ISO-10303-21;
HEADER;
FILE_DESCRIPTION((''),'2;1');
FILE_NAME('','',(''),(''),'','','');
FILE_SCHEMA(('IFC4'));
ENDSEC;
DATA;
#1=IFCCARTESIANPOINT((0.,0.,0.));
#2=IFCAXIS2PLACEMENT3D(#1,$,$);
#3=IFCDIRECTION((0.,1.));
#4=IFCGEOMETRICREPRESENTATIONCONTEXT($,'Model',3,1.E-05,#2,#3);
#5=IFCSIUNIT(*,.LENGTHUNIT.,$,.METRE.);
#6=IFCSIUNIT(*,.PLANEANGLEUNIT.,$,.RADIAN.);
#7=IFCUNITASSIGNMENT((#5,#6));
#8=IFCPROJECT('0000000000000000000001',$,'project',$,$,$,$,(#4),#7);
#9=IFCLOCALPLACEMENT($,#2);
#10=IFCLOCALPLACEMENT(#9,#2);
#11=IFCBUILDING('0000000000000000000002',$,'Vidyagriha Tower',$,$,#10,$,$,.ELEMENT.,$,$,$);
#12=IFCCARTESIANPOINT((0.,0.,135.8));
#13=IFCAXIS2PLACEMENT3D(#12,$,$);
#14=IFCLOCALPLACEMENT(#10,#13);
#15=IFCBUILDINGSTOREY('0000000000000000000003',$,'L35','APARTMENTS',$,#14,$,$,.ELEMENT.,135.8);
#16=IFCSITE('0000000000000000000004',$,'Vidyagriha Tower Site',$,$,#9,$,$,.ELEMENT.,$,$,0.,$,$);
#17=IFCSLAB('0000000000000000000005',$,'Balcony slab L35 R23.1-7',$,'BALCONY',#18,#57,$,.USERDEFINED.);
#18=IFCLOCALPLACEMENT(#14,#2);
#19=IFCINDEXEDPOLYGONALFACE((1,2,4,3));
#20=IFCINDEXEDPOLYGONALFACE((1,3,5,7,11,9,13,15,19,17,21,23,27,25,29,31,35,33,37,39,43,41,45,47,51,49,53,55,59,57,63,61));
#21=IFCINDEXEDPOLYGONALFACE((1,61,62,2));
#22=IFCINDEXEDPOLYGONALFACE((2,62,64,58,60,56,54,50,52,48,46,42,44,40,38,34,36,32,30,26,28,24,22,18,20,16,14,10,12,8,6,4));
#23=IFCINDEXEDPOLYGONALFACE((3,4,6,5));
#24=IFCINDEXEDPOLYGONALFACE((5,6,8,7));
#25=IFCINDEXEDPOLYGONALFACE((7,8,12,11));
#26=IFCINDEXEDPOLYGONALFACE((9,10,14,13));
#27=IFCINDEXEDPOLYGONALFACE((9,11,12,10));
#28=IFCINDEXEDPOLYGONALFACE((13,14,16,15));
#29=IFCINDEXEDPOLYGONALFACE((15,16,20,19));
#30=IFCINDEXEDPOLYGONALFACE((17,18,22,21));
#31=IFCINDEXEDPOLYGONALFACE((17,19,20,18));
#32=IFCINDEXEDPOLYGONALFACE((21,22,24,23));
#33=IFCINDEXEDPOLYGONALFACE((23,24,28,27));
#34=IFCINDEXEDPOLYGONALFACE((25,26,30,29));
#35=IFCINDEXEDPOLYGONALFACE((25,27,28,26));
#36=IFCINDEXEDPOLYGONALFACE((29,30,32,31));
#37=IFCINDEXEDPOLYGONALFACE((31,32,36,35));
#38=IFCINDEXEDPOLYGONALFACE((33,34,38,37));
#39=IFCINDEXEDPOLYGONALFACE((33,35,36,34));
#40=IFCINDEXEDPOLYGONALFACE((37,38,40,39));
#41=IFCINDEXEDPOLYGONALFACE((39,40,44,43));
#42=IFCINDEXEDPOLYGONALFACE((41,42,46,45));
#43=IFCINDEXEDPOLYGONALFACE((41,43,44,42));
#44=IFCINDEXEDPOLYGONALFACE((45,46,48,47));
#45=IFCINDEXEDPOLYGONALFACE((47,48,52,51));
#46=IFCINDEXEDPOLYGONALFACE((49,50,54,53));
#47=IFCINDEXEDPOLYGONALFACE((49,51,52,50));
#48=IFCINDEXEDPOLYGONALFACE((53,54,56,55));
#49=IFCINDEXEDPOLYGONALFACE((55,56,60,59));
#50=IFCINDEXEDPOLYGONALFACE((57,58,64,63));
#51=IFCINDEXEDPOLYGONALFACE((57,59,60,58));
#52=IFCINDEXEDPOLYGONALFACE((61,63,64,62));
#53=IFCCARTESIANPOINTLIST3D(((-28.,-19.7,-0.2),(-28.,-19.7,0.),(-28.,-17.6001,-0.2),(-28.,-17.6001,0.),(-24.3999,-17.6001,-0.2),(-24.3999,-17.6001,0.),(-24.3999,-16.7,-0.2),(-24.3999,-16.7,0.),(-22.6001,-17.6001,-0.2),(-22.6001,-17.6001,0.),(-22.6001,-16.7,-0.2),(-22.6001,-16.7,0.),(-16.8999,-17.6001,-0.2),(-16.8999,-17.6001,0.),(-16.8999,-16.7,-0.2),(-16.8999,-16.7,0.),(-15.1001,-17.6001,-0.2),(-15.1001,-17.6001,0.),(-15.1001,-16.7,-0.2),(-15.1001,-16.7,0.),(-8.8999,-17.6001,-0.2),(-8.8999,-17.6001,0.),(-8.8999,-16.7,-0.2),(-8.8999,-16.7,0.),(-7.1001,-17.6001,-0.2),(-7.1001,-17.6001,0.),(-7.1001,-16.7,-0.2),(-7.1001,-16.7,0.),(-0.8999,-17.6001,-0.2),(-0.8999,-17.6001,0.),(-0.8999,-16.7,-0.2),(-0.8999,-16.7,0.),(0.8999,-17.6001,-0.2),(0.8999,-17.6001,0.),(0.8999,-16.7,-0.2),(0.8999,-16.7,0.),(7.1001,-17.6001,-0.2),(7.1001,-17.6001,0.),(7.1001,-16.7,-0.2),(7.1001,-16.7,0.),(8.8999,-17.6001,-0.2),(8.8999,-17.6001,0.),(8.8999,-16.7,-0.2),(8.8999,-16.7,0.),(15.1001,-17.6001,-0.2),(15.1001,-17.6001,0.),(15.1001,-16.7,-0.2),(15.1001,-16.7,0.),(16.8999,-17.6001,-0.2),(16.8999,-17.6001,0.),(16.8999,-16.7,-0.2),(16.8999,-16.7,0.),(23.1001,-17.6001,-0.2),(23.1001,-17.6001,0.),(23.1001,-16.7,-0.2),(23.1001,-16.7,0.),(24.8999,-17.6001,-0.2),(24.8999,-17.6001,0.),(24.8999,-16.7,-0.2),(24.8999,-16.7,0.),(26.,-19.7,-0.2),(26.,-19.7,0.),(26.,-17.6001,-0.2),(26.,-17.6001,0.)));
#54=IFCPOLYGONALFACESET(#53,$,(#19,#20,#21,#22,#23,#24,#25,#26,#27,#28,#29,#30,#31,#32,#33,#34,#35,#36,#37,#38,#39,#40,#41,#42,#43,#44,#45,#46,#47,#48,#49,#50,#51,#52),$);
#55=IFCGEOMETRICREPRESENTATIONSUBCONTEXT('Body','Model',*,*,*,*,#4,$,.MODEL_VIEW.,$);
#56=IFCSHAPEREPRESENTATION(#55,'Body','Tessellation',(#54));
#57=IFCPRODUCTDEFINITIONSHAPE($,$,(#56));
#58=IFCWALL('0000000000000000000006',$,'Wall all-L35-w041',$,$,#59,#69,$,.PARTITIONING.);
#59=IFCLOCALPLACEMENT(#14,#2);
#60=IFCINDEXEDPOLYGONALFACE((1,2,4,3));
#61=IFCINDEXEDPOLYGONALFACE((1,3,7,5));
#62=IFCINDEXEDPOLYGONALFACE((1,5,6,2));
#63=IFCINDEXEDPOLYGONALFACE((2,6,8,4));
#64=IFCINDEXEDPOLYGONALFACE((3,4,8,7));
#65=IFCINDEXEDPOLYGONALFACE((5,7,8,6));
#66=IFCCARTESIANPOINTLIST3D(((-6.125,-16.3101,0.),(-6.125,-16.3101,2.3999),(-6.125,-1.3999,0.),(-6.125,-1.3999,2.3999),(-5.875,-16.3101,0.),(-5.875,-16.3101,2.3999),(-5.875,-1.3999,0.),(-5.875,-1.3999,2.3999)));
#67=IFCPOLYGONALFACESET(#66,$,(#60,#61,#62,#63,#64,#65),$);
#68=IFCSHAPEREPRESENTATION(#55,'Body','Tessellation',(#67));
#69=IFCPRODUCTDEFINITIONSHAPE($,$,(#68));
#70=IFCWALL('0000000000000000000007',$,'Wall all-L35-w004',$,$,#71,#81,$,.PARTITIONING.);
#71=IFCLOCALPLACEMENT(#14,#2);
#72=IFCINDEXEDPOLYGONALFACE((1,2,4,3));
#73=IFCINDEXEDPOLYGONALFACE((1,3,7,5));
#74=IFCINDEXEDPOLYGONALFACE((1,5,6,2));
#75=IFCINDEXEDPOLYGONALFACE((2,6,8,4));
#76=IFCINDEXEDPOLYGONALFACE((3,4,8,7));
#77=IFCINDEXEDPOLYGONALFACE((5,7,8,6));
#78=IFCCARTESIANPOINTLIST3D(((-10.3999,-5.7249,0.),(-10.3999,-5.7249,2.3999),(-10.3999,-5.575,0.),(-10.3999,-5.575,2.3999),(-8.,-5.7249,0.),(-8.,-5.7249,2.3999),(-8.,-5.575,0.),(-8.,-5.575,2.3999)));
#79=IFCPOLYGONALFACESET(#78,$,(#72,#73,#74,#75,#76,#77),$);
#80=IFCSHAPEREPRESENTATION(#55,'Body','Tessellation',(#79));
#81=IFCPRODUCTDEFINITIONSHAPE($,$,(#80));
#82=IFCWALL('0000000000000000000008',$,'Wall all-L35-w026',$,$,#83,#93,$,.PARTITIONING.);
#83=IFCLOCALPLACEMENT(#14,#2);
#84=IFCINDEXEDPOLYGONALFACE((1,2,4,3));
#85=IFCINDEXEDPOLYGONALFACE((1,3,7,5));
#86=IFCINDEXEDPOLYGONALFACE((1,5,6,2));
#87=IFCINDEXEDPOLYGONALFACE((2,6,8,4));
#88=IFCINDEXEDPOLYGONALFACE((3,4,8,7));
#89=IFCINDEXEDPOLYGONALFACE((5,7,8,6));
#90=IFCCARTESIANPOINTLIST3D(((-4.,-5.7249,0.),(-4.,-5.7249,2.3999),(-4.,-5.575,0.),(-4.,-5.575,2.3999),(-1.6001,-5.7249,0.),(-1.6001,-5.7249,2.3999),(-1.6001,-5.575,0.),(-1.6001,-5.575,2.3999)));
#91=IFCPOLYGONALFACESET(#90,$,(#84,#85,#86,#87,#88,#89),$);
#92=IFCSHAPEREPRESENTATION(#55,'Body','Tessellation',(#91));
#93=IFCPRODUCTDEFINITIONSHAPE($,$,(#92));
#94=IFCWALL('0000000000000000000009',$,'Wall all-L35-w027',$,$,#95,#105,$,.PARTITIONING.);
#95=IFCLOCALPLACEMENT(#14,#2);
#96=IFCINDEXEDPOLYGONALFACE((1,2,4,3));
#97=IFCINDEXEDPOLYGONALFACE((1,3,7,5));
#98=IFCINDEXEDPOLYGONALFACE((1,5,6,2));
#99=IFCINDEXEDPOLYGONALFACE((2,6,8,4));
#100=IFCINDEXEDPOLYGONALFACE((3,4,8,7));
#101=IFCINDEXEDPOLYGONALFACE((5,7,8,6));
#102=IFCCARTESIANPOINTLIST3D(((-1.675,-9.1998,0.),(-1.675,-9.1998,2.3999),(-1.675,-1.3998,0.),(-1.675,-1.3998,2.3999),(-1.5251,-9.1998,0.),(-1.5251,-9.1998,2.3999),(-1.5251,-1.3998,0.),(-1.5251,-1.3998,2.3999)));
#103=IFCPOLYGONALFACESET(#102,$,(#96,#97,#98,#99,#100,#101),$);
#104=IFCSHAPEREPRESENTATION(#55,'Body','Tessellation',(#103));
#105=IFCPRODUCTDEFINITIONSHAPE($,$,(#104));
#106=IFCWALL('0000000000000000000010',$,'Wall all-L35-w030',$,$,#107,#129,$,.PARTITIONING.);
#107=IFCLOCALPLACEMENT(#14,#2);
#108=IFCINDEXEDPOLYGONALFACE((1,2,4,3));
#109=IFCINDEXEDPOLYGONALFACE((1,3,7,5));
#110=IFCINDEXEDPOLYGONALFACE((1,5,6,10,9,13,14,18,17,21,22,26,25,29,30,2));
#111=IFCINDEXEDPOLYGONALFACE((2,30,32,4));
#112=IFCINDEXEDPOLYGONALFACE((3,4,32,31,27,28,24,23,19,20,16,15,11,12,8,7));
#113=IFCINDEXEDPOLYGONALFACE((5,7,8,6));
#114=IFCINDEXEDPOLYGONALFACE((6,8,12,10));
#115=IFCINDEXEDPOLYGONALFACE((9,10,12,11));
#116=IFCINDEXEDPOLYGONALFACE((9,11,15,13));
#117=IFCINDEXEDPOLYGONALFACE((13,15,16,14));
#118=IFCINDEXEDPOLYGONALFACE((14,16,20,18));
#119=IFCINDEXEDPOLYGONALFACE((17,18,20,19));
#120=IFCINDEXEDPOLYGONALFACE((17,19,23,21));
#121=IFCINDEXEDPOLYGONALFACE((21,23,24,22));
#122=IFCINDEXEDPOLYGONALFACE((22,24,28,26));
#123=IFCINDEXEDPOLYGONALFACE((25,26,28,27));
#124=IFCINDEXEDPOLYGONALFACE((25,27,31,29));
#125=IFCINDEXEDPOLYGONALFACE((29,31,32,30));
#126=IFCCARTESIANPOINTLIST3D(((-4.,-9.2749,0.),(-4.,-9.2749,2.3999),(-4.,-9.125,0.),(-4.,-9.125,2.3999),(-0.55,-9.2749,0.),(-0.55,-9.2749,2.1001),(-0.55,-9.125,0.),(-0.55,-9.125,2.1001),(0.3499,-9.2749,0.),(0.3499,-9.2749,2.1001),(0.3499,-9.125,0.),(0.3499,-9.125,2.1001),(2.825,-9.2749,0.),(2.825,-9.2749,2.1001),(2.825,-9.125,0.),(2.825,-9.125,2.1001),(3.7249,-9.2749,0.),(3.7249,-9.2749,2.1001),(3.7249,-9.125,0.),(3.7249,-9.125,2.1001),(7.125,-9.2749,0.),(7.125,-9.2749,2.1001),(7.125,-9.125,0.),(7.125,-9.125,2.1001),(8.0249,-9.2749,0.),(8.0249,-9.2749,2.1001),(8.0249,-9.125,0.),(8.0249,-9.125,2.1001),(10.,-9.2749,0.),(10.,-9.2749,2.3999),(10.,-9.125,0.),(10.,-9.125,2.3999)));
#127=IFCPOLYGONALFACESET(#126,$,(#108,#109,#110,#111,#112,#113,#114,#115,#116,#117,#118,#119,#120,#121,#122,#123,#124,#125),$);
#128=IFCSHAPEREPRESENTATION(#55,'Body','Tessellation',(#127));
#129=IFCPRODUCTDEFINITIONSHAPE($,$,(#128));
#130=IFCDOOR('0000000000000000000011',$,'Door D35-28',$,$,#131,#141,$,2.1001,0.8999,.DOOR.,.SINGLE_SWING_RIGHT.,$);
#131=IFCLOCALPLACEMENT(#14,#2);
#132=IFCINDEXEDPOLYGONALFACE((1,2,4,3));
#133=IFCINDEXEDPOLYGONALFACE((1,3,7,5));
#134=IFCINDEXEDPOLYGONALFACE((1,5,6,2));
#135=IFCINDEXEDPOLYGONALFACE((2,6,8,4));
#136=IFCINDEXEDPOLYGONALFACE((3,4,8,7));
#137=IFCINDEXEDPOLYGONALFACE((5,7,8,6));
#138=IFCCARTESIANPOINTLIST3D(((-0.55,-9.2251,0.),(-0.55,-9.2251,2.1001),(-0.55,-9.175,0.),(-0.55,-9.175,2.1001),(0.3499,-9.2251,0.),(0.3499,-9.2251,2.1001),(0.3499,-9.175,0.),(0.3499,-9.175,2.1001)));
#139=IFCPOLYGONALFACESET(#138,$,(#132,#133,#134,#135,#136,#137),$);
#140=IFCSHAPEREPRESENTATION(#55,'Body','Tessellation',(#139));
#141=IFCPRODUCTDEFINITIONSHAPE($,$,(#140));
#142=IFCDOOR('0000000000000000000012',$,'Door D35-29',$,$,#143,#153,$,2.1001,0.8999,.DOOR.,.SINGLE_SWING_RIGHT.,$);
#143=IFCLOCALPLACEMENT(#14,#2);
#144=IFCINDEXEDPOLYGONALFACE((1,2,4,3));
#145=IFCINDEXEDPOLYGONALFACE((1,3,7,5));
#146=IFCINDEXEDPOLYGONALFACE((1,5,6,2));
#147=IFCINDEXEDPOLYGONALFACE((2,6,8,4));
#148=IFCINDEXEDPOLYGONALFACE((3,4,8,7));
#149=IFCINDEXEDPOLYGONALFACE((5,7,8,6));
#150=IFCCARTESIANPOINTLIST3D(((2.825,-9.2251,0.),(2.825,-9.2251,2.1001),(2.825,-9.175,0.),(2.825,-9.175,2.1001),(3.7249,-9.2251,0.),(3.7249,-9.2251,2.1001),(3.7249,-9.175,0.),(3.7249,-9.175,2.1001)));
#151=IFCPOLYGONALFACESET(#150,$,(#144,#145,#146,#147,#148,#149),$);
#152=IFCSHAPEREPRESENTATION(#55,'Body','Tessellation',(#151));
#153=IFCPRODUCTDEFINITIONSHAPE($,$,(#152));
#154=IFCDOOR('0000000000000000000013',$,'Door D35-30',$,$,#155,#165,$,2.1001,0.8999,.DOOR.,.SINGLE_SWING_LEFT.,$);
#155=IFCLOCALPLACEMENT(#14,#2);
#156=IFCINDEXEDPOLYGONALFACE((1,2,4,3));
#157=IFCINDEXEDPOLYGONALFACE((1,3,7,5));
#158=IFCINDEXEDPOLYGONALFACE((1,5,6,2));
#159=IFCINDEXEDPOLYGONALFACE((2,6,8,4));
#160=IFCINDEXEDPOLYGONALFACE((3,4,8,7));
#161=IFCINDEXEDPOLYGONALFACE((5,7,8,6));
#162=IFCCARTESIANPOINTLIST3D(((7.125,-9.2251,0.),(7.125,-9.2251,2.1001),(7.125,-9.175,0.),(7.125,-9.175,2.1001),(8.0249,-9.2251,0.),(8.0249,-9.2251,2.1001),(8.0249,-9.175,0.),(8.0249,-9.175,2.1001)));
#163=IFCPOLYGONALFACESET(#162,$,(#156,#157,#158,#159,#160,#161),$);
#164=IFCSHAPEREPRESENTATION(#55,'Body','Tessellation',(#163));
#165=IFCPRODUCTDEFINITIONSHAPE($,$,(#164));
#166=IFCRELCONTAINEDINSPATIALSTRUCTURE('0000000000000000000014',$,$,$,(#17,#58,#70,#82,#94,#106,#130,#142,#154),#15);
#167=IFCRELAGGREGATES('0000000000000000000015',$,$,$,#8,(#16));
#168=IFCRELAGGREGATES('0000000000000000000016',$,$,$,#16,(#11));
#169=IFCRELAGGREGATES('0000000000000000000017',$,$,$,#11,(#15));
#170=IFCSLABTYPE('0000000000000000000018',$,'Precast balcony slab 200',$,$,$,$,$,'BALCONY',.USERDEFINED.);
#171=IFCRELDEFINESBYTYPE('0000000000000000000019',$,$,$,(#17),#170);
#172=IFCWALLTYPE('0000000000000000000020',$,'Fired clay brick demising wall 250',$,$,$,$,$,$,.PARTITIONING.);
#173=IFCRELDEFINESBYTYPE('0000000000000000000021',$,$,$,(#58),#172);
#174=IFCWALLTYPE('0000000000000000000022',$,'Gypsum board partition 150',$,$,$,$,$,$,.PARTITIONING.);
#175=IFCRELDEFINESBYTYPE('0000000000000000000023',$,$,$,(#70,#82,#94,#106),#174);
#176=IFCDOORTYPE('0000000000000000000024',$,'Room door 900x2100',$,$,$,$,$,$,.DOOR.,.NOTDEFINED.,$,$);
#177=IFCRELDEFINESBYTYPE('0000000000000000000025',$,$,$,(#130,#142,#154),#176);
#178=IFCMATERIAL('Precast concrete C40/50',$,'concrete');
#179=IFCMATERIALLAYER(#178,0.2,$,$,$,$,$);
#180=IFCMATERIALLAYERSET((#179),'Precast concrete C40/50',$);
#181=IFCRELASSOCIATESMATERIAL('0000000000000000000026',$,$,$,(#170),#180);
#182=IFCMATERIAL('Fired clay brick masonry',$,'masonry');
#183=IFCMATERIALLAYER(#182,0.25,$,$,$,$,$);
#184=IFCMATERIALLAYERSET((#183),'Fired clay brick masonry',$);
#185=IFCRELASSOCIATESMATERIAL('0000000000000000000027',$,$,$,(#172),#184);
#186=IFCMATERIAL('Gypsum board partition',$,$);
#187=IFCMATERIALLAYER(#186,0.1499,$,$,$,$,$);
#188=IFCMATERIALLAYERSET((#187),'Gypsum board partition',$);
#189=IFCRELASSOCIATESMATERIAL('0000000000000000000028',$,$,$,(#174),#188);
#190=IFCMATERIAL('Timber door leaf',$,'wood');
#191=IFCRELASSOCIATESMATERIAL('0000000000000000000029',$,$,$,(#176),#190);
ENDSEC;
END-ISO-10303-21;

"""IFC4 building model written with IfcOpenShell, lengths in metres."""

from ifc_helpers import new_model, si_unit, direction, frame, frame_2d, origin, place, context, subcontext, project, spatial, polyline, rectangle, outline, extrude, material, layer, layer_set, type_object, element, fill, save


model = new_model("IFC4")

# Units and contexts
model_context = context("Model", 3, precision=1e-05, world=origin(), true_north=direction((0.0, 1.0)))
body_context = subcontext(model_context, "Body", "Model", "MODEL_VIEW")
ifc_project = project(units=[si_unit("LENGTHUNIT", "METRE"), si_unit("PLANEANGLEUNIT", "RADIAN")], contexts=[model_context])

# Site, building, storey
site_placement = place(None, origin())
site = spatial("IfcSite", under=ifc_project, at=site_placement, Name="Vidyagriha Tower Site", CompositionType="ELEMENT", RefElevation=0.0)
building_placement = place(site_placement, origin())
building = spatial("IfcBuilding", under=site, at=building_placement, Name="Vidyagriha Tower", CompositionType="ELEMENT")
storey_placement = place(building_placement, frame((0.0, 0.0, 135.8)))
storey = spatial("IfcBuildingStorey", under=building, at=storey_placement, Name="L35", Description="APARTMENTS", CompositionType="ELEMENT", Elevation=135.8)

# Slab
ifc_material_1 = material(Name="Precast concrete C40/50", Category="concrete")
ifc_layer_1 = layer(ifc_material_1, 0.2)
ifc_layer_set_1 = layer_set([ifc_layer_1], Name="Precast concrete C40/50")
slab_type_1 = type_object("IfcSlabType", Name="Precast balcony slab 200", ElementType="BALCONY", PredefinedType="USERDEFINED", material=ifc_layer_set_1)
slab_1_placement = place(storey_placement, frame((0.0, 0.0, -0.2)))
element("IfcSlab", 1, at=slab_1_placement, inside=storey, type_object=slab_type_1, Name="Balcony slab L35 R23.1-7", ObjectType="BALCONY", PredefinedType="USERDEFINED", context=body_context, shape_type="SweptSolid", body=[
    extrude(outline(polyline([(-22.6001, -16.7), (-24.3999, -16.7), (-24.3999, -17.6001), (-28.0, -17.6001), (-28.0, -19.7), (26.0, -19.7), (26.0, -17.6001), (24.8999, -17.6001), (24.8999, -16.7), (23.1001, -16.7), (23.1001, -17.6001), (16.8999, -17.6001), (16.8999, -16.7), (15.1001, -16.7), (15.1001, -17.6001), (8.8999, -17.6001), (8.8999, -16.7), (7.1001, -16.7), (7.1001, -17.6001), (0.8999, -17.6001), (0.8999, -16.7), (-0.8999, -16.7), (-0.8999, -17.6001), (-7.1001, -17.6001), (-7.1001, -16.7), (-8.8999, -16.7), (-8.8999, -17.6001), (-15.1001, -17.6001), (-15.1001, -16.7), (-16.8999, -16.7), (-16.8999, -17.6001), (-22.6001, -17.6001), (-22.6001, -16.7)])), origin(), (0.0, 0.0, 1.0), 0.2),
])

# Walls
ifc_material_2 = material(Name="Fired clay brick masonry", Category="masonry")
ifc_layer_2 = layer(ifc_material_2, 0.25)
ifc_layer_set_2 = layer_set([ifc_layer_2], Name="Fired clay brick masonry")
wall_type_1 = type_object("IfcWallType", Name="Fired clay brick demising wall 250", PredefinedType="PARTITIONING", material=ifc_layer_set_2)
wall_1_placement = place(storey_placement, frame((-6.0, -1.3999, 0.0), z_axis=(0.0, 0.0, 1.0), x_axis=(0.0, -1.0, 0.0)))
element("IfcWall", 2, at=wall_1_placement, inside=storey, type_object=wall_type_1, Name="Wall all-L35-w041", PredefinedType="PARTITIONING", context=body_context, shape_type="SweptSolid", body=[
    extrude(rectangle(XDim=14.9102, YDim=0.25, at=frame_2d((7.4551, 0.0))), origin(), (0.0, 0.0, 1.0), 2.3999),
])
ifc_material_3 = material(Name="Gypsum board partition")
ifc_layer_3 = layer(ifc_material_3, 0.1499)
ifc_layer_set_3 = layer_set([ifc_layer_3], Name="Gypsum board partition")
wall_type_2 = type_object("IfcWallType", Name="Gypsum board partition 150", PredefinedType="PARTITIONING", material=ifc_layer_set_3)
for number, where, z_axis, x_axis, name in (
    (3, (-8.0, -5.6499, 0.0), (0.0, 0.0, 1.0), (-1.0, 0.0, 0.0), "Wall all-L35-w004"),
    (4, (-1.6001, -5.6499, 0.0), (0.0, 0.0, 1.0), (-1.0, 0.0, 0.0), "Wall all-L35-w026"),
):
    element("IfcWall", number, at=place(storey_placement, frame(where, z_axis=z_axis, x_axis=x_axis)), inside=storey, type_object=wall_type_2, Name=name, PredefinedType="PARTITIONING", context=body_context, shape_type="SweptSolid", body=[
        extrude(rectangle(XDim=2.3999, YDim=0.1499, at=frame_2d((1.2, 0.0))), origin(), (0.0, 0.0, 1.0), 2.3999),
    ])
wall_2_placement = place(storey_placement, frame((-1.6001, -1.3999, 0.0), z_axis=(0.0, 0.0, 1.0), x_axis=(0.0, -1.0, 0.0)))
element("IfcWall", 5, at=wall_2_placement, inside=storey, type_object=wall_type_2, Name="Wall all-L35-w027", PredefinedType="PARTITIONING", context=body_context, shape_type="SweptSolid", body=[
    extrude(rectangle(XDim=7.8, YDim=0.1499, at=frame_2d((3.8999, 0.0))), origin(), (0.0, 0.0, 1.0), 2.3999),
])

# Wall, openings, doors
wall_3_placement = place(storey_placement, frame((-4.0, -9.2, 0.0)))
wall_3 = element("IfcWall", 6, at=wall_3_placement, inside=storey, type_object=wall_type_2, Name="Wall all-L35-w030", PredefinedType="PARTITIONING", context=body_context, shape_type="SweptSolid", body=[
    extrude(rectangle(XDim=14.0, YDim=0.1499, at=frame_2d((7.0, 0.0))), origin(), (0.0, 0.0, 1.0), 2.3999),
])
opening_1_placement = place(wall_3_placement, frame((3.45, 0.0, 0.0)))
opening_1 = element("IfcOpeningElement", 7, at=opening_1_placement, cuts=wall_3, PredefinedType="OPENING", context=body_context, shape_type="SweptSolid", body=[
    extrude(rectangle(XDim=0.8999, YDim=2.1001, at=frame_2d((0.45, 1.05))), frame((0.0, 0.085, 0.0), z_axis=(0.0, -1.0, 0.0), x_axis=(1.0, 0.0, 0.0)), (0.0, 0.0, 1.0), 0.1699),
])
opening_2_placement = place(wall_3_placement, frame((6.825, 0.0, 0.0)))
opening_2 = element("IfcOpeningElement", 8, at=opening_2_placement, cuts=wall_3, PredefinedType="OPENING", context=body_context, shape_type="SweptSolid", body=[
    extrude(rectangle(XDim=0.8999, YDim=2.1001, at=frame_2d((0.45, 1.05))), frame((0.0, 0.085, 0.0), z_axis=(0.0, -1.0, 0.0), x_axis=(1.0, 0.0, 0.0)), (0.0, 0.0, 1.0), 0.1699),
])
opening_3_placement = place(wall_3_placement, frame((11.125, 0.0, 0.0)))
opening_3 = element("IfcOpeningElement", 9, at=opening_3_placement, cuts=wall_3, PredefinedType="OPENING", context=body_context, shape_type="SweptSolid", body=[
    extrude(rectangle(XDim=0.8999, YDim=2.1001, at=frame_2d((0.45, 1.05))), frame((0.0, 0.085, 0.0), z_axis=(0.0, -1.0, 0.0), x_axis=(1.0, 0.0, 0.0)), (0.0, 0.0, 1.0), 0.1699),
])
ifc_material_4 = material(Name="Timber door leaf", Category="wood")
door_type_1 = type_object("IfcDoorType", Name="Room door 900x2100", OperationType="NOTDEFINED", PredefinedType="DOOR", material=ifc_material_4)
door_1_placement = place(opening_1_placement, origin())
door_1 = element("IfcDoor", 10, at=door_1_placement, inside=storey, type_object=door_type_1, Name="Door D35-28", OperationType="SINGLE_SWING_RIGHT", OverallHeight=2.1001, OverallWidth=0.8999, PredefinedType="DOOR", context=body_context, shape_type="SweptSolid", body=[
    extrude(rectangle(XDim=0.8999, YDim=2.1001, at=frame_2d((0.45, 1.05))), frame((0.0, 0.0249, 0.0), z_axis=(0.0, -1.0, 0.0), x_axis=(1.0, 0.0, 0.0)), (0.0, 0.0, 1.0), 0.05),
])
fill(opening_1, door_1)
door_2_placement = place(opening_2_placement, origin())
door_2 = element("IfcDoor", 11, at=door_2_placement, inside=storey, type_object=door_type_1, Name="Door D35-29", OperationType="SINGLE_SWING_RIGHT", OverallHeight=2.1001, OverallWidth=0.8999, PredefinedType="DOOR", context=body_context, shape_type="SweptSolid", body=[
    extrude(rectangle(XDim=0.8999, YDim=2.1001, at=frame_2d((0.45, 1.05))), frame((0.0, 0.0249, 0.0), z_axis=(0.0, -1.0, 0.0), x_axis=(1.0, 0.0, 0.0)), (0.0, 0.0, 1.0), 0.05),
])
fill(opening_2, door_2)
door_3_placement = place(opening_3_placement, origin())
door_3 = element("IfcDoor", 12, at=door_3_placement, inside=storey, type_object=door_type_1, Name="Door D35-30", OperationType="SINGLE_SWING_LEFT", OverallHeight=2.1001, OverallWidth=0.8999, PredefinedType="DOOR", context=body_context, shape_type="SweptSolid", body=[
    extrude(rectangle(XDim=0.8999, YDim=2.1001, at=frame_2d((0.45, 1.05))), frame((0.0, 0.0249, 0.0), z_axis=(0.0, -1.0, 0.0), x_axis=(1.0, 0.0, 0.0)), (0.0, 0.0, 1.0), 0.05),
])
fill(opening_3, door_3)

save(model, "model.ifc")
